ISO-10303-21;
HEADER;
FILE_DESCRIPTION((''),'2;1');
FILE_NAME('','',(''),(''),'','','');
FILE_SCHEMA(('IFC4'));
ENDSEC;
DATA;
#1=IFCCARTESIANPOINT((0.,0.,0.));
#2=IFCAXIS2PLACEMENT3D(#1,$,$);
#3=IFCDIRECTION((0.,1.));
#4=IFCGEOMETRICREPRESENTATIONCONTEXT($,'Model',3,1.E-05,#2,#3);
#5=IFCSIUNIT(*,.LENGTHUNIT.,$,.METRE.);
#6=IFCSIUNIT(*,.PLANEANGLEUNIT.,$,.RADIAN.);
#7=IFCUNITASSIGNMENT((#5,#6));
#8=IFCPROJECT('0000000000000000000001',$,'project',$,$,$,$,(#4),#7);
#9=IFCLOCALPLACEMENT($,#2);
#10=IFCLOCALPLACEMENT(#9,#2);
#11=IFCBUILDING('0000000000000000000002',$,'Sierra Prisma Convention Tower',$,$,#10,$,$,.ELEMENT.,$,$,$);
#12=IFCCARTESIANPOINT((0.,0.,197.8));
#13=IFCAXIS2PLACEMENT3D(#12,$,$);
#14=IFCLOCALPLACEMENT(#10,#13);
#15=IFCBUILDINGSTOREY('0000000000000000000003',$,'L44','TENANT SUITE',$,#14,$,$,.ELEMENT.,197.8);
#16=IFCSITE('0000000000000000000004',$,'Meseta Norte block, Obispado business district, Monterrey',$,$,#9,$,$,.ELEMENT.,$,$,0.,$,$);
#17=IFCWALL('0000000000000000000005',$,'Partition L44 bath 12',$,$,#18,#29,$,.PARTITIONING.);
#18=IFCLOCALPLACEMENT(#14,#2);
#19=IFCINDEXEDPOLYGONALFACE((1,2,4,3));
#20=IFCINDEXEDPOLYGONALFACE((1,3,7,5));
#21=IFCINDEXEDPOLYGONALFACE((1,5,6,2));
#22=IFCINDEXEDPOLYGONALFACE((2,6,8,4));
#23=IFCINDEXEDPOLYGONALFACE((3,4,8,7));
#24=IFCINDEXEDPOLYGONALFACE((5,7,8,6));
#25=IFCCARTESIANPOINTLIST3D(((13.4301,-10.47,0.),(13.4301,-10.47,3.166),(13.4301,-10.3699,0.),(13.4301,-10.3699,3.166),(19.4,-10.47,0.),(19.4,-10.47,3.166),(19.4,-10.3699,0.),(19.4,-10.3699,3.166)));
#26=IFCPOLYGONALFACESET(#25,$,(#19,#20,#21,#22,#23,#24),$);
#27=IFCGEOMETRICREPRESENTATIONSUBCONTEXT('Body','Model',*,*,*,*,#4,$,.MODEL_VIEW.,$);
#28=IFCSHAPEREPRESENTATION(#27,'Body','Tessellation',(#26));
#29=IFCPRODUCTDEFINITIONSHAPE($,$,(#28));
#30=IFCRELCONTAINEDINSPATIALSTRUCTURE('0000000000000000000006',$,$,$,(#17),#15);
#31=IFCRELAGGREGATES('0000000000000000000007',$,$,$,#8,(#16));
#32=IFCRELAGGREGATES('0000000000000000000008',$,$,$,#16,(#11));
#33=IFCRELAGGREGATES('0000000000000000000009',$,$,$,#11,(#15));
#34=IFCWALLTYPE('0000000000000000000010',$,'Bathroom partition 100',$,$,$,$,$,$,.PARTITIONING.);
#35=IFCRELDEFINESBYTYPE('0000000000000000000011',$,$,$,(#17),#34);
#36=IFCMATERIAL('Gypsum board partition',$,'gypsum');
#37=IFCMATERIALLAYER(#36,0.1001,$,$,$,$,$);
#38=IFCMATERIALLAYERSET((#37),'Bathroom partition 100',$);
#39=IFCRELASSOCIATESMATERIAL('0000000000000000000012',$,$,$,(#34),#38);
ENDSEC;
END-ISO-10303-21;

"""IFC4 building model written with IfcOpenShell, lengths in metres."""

from ifc_helpers import new_model, si_unit, direction, frame, frame_2d, origin, place, context, subcontext, project, spatial, rectangle, extrude, material, layer, layer_set, type_object, element, save


model = new_model("IFC4")

# Units and contexts
model_context = context("Model", 3, precision=1e-05, world=origin(), true_north=direction((0.0, 1.0)))
body_context = subcontext(model_context, "Body", "Model", "MODEL_VIEW")
ifc_project = project(units=[si_unit("LENGTHUNIT", "METRE"), si_unit("PLANEANGLEUNIT", "RADIAN")], contexts=[model_context])

# Site, building, storey
site_placement = place(None, origin())
site = spatial("IfcSite", under=ifc_project, at=site_placement, Name="Meseta Norte block, Obispado business district, Monterrey", CompositionType="ELEMENT", RefElevation=0.0)
building_placement = place(site_placement, origin())
building = spatial("IfcBuilding", under=site, at=building_placement, Name="Sierra Prisma Convention Tower", CompositionType="ELEMENT")
storey_placement = place(building_placement, frame((0.0, 0.0, 197.8)))
storey = spatial("IfcBuildingStorey", under=building, at=storey_placement, Name="L44", Description="TENANT SUITE", CompositionType="ELEMENT", Elevation=197.8)

# Wall
ifc_material_1 = material(Name="Gypsum board partition", Category="gypsum")
ifc_layer_1 = layer(ifc_material_1, 0.1001)
ifc_layer_set_1 = layer_set([ifc_layer_1], Name="Bathroom partition 100")
wall_type = type_object("IfcWallType", Name="Bathroom partition 100", PredefinedType="PARTITIONING", material=ifc_layer_set_1)
wall_1_placement = place(storey_placement, frame((19.3999, -10.4199, 0.0), z_axis=(0.0, 0.0, 1.0), x_axis=(-1.0, 0.0, 0.0)))
element("IfcWall", 1, at=wall_1_placement, inside=storey, type_object=wall_type, Name="Partition L44 bath 12", PredefinedType="PARTITIONING", context=body_context, shape_type="SweptSolid", body=[
    extrude(rectangle(XDim=5.97, YDim=0.1001, at=frame_2d((2.9849, 0.0))), origin(), (0.0, 0.0, 1.0), 3.166),
])

save(model, "model.ifc")
